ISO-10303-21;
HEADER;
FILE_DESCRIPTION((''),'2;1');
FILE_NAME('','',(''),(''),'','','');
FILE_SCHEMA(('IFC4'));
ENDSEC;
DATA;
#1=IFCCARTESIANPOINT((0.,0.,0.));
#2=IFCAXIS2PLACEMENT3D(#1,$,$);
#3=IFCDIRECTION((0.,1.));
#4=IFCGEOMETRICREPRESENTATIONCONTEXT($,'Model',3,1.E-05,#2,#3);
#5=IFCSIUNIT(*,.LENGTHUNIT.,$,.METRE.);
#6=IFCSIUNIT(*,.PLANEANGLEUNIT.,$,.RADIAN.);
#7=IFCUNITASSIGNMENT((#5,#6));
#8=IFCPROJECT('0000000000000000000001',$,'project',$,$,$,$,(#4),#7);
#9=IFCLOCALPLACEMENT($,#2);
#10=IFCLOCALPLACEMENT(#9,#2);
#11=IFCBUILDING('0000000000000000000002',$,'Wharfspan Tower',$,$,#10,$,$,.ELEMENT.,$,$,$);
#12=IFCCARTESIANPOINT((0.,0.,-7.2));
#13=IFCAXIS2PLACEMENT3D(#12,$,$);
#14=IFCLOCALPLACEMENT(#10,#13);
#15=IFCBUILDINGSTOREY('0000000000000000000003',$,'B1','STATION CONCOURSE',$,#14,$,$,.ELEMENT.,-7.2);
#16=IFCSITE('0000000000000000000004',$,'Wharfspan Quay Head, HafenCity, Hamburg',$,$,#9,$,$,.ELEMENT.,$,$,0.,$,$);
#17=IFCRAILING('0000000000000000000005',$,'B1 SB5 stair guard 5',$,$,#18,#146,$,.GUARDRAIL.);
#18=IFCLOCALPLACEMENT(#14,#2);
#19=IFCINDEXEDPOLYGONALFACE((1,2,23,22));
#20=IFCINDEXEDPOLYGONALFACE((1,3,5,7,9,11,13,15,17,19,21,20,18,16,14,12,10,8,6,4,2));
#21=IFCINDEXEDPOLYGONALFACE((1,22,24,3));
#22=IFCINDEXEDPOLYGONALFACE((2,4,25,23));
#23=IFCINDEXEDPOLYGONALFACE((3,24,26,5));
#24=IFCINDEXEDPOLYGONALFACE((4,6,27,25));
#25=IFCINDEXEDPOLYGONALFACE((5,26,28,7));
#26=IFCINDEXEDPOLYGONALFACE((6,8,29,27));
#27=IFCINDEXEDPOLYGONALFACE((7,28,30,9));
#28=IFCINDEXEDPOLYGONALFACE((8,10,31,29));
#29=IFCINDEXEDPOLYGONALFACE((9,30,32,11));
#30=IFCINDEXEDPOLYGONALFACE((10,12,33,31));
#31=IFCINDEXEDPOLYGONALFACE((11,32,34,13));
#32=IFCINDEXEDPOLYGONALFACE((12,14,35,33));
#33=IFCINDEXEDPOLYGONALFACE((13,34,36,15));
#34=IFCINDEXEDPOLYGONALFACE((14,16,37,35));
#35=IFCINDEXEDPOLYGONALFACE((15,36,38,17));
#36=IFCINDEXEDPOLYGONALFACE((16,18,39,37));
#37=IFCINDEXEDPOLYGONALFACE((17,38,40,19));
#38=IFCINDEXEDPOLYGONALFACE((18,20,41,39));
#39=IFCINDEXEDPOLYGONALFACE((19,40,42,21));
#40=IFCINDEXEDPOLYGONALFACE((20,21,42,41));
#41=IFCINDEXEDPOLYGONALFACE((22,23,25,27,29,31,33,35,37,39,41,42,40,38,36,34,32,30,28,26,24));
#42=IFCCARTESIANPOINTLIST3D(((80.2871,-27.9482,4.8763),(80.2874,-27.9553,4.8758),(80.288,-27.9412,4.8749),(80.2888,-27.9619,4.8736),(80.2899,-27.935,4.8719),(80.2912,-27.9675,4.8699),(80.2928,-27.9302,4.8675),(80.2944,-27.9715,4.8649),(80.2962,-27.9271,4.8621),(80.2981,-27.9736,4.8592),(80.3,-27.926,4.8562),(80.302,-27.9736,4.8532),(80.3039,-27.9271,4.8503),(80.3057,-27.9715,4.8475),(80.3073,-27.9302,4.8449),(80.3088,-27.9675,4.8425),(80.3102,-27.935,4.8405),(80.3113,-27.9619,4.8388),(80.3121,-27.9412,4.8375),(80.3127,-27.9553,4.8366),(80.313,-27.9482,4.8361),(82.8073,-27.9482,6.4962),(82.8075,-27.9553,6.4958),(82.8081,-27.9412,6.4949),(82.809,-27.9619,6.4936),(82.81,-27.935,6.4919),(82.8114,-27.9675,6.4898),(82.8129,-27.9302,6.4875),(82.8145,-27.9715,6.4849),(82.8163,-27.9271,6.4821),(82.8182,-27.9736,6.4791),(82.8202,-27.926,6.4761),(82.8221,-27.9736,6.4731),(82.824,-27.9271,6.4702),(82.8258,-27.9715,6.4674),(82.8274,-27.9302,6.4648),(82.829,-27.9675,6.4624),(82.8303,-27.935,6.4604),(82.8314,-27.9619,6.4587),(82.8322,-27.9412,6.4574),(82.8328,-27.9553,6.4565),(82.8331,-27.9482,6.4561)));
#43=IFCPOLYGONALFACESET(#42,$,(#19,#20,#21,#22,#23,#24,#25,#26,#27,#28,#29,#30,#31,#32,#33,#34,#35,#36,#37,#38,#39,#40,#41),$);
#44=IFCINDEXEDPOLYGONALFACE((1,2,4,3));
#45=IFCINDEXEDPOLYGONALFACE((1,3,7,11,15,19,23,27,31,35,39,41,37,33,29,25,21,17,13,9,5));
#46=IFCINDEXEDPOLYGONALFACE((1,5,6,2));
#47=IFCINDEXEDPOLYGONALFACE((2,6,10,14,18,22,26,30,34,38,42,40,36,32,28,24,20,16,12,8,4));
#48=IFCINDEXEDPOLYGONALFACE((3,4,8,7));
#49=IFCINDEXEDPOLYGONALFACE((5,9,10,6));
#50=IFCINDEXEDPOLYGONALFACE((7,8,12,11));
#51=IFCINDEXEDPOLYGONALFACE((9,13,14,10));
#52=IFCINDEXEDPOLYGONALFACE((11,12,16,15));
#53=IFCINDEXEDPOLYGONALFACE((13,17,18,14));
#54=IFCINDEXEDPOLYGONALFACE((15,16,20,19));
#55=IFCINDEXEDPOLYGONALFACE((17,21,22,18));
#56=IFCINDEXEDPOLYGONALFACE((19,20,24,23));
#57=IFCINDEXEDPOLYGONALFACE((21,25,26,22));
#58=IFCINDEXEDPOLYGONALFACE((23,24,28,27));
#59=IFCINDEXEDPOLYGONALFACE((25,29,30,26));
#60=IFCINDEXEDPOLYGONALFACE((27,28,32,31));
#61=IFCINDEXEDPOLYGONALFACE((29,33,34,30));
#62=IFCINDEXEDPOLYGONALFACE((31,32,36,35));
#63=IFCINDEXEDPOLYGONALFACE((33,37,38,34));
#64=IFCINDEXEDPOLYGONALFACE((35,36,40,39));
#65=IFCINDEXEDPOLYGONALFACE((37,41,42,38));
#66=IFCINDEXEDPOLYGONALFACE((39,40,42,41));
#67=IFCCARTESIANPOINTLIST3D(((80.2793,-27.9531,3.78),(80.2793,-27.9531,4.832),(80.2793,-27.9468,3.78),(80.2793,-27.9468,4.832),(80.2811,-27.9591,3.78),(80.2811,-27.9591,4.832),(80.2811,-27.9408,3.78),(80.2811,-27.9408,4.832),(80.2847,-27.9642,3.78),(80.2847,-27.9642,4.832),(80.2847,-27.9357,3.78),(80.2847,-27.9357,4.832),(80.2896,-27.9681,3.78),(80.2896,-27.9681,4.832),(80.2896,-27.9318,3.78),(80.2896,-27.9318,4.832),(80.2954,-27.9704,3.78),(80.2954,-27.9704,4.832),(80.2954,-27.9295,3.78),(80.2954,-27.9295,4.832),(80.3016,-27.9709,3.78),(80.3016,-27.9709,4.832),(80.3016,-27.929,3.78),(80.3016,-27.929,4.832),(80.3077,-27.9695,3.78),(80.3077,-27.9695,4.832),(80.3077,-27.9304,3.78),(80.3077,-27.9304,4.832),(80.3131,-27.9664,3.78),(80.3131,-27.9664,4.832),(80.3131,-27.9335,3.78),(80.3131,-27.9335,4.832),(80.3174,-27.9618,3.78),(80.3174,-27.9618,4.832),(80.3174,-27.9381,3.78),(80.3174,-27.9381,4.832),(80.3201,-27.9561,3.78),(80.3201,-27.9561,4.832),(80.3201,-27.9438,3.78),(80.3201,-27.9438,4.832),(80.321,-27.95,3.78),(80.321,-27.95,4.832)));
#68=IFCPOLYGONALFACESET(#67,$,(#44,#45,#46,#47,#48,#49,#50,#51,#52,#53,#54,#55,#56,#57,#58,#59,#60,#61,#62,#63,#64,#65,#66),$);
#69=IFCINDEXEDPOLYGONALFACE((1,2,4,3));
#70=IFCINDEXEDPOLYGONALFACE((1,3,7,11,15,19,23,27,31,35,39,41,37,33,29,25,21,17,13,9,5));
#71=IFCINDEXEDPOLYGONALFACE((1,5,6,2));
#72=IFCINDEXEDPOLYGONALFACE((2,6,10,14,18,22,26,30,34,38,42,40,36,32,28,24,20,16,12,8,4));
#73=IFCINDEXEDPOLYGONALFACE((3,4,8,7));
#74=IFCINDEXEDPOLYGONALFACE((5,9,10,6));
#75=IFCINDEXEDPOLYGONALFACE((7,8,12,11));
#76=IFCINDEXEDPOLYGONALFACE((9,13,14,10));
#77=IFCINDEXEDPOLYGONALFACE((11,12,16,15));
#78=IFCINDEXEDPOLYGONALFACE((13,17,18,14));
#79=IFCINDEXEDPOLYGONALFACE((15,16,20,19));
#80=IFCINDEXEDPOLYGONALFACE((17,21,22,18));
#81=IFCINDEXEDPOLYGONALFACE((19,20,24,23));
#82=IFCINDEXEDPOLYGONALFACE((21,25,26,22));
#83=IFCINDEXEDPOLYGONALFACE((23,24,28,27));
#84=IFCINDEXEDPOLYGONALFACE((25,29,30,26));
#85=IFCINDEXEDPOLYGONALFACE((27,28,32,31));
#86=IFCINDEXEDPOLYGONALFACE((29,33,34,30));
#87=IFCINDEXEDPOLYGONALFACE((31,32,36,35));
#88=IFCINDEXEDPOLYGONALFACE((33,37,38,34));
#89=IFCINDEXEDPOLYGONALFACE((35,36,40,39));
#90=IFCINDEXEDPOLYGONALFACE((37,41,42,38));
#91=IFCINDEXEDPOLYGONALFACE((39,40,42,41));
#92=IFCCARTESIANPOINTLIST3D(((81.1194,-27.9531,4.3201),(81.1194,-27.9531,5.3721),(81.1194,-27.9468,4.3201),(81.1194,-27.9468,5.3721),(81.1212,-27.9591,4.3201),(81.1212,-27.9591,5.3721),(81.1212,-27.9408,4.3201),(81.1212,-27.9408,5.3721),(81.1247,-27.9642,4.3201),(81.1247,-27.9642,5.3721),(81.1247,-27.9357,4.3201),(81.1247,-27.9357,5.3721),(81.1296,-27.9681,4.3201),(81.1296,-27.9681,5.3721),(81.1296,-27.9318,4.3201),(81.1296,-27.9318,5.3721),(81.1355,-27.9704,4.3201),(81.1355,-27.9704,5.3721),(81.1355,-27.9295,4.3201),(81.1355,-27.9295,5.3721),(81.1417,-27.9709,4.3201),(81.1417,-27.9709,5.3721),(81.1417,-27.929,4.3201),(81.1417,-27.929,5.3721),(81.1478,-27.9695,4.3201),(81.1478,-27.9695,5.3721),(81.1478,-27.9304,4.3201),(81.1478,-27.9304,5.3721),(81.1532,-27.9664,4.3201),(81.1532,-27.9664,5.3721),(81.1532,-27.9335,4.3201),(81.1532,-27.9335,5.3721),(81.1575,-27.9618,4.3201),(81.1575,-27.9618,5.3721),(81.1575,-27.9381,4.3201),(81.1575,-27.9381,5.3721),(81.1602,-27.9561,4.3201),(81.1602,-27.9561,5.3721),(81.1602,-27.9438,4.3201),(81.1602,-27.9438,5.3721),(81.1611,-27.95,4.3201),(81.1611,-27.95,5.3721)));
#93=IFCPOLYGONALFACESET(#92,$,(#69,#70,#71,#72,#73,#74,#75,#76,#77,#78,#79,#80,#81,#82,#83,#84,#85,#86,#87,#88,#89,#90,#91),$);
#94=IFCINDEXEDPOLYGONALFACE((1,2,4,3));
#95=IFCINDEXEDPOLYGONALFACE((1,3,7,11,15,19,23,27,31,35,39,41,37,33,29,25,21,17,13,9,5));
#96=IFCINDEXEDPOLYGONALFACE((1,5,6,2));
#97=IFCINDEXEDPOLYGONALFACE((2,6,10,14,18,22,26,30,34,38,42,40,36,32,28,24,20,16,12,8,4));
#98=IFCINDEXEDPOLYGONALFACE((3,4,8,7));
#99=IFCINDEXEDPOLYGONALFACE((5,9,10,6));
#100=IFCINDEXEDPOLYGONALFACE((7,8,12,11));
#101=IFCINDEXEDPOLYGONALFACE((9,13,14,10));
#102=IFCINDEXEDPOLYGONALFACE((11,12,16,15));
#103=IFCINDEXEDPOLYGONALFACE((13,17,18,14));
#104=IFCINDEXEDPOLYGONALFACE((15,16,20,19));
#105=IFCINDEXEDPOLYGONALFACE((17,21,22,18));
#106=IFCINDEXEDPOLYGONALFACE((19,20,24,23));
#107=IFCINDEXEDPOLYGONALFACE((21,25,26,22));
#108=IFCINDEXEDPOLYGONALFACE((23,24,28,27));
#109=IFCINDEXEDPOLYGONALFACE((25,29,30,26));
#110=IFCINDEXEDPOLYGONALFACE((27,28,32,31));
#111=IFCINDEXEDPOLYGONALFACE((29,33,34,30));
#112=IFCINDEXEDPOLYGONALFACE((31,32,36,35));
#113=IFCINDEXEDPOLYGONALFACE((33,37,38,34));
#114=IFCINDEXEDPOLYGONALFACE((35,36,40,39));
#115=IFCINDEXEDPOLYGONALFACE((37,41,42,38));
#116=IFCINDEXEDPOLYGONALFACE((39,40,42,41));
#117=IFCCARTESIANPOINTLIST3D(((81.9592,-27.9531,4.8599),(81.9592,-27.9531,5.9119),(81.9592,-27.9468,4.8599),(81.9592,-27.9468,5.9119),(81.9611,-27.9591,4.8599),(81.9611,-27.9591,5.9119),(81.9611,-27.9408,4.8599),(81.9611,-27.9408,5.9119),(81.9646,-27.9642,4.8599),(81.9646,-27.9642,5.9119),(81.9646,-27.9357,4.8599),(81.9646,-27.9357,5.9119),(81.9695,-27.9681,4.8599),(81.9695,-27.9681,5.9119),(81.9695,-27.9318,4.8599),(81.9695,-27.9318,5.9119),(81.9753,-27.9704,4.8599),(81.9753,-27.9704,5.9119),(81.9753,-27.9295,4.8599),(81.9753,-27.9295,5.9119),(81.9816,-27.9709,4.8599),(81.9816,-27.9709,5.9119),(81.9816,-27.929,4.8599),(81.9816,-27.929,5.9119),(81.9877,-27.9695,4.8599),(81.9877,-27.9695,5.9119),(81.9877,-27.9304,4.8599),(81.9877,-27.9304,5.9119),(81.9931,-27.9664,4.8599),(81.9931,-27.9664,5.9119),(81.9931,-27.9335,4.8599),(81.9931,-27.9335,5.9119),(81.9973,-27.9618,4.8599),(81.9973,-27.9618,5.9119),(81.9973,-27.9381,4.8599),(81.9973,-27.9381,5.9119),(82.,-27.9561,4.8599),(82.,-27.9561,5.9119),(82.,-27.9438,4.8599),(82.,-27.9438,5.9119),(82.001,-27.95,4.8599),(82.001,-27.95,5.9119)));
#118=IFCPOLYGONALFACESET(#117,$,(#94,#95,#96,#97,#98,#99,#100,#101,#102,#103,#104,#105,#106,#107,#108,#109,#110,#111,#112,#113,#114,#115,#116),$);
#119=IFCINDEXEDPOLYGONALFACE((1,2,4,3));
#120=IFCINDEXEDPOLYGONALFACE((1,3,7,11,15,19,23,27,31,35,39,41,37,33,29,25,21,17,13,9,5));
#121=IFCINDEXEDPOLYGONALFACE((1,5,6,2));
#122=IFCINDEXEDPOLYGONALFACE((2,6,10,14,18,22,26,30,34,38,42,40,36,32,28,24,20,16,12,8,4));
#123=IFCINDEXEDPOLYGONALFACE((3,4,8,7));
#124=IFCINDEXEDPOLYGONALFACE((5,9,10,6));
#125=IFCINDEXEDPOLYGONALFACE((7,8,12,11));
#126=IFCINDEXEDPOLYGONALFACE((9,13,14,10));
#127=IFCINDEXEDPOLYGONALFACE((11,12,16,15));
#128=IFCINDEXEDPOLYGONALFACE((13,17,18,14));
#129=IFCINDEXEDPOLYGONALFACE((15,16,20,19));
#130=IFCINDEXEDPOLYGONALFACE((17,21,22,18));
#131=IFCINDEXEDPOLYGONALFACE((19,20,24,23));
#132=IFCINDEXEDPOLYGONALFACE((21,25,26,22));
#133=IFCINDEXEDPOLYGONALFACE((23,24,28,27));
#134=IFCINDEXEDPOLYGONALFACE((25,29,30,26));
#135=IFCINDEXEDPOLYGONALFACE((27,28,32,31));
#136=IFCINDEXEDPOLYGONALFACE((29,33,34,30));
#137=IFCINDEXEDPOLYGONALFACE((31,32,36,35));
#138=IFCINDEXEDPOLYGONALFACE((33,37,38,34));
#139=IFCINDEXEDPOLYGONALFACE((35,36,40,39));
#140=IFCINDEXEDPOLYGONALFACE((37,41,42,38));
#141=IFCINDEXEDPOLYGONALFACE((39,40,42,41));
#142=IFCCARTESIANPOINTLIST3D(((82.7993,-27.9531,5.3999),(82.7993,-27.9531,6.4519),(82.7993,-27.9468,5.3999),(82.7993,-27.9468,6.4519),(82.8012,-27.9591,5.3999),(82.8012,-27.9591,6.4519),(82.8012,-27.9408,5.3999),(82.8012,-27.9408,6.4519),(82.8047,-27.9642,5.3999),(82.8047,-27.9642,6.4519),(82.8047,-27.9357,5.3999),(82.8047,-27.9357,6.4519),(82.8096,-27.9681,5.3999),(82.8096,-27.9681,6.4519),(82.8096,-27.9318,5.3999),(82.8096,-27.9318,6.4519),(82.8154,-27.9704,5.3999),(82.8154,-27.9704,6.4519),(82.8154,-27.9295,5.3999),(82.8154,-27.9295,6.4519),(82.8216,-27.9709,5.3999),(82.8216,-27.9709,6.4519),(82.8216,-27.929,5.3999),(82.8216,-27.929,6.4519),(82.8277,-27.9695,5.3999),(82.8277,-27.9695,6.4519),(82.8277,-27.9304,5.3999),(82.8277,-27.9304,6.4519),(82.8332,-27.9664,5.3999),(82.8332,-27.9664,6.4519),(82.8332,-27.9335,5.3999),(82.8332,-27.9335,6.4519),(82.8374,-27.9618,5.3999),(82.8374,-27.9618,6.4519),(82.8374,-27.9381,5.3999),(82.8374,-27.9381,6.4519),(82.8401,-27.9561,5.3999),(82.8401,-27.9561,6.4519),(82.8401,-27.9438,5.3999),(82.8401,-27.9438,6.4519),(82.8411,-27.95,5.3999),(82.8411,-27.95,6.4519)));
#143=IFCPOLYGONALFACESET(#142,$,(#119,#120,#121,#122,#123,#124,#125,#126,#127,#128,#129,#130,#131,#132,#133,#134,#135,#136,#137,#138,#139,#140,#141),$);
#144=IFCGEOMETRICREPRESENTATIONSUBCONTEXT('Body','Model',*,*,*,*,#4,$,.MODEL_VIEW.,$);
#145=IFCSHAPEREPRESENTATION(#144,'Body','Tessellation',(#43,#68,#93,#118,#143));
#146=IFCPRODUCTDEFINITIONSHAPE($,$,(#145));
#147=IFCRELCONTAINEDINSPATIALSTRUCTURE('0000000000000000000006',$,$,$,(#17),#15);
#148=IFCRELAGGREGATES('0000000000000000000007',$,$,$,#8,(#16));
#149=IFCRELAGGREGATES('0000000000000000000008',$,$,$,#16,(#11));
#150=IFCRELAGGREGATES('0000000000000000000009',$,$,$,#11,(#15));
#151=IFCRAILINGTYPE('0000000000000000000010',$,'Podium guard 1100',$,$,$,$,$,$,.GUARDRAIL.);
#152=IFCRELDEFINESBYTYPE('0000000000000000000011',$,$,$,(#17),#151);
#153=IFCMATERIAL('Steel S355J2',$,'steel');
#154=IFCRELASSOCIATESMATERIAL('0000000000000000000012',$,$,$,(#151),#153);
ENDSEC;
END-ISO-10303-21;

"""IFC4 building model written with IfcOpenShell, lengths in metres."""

from ifc_helpers import new_model, si_unit, direction, frame, origin, origin_2d, place, context, subcontext, project, spatial, circle, extrude, material, type_object, element, save


model = new_model("IFC4")

# Units and contexts
model_context = context("Model", 3, precision=1e-05, world=origin(), true_north=direction((0.0, 1.0)))
body_context = subcontext(model_context, "Body", "Model", "MODEL_VIEW")
ifc_project = project(units=[si_unit("LENGTHUNIT", "METRE"), si_unit("PLANEANGLEUNIT", "RADIAN")], contexts=[model_context])

# Site, building, storey
site_placement = place(None, origin())
site = spatial("IfcSite", under=ifc_project, at=site_placement, Name="Wharfspan Quay Head, HafenCity, Hamburg", CompositionType="ELEMENT", RefElevation=0.0)
building_placement = place(site_placement, origin())
building = spatial("IfcBuilding", under=site, at=building_placement, Name="Wharfspan Tower", CompositionType="ELEMENT")
storey_placement = place(building_placement, frame((0.0, 0.0, -7.2)))
storey = spatial("IfcBuildingStorey", under=building, at=storey_placement, Name="B1", Description="STATION CONCOURSE", CompositionType="ELEMENT", Elevation=-7.2)

# Railing
ifc_material_1 = material(Name="Steel S355J2", Category="steel")
railing_type_1 = type_object("IfcRailingType", Name="Podium guard 1100", PredefinedType="GUARDRAIL", material=ifc_material_1)
railing_1_placement = place(storey_placement, frame((80.3, -27.95, 3.78)))
element("IfcRailing", 1, at=railing_1_placement, inside=storey, type_object=railing_type_1, Name="B1 SB5 stair guard 5", PredefinedType="GUARDRAIL", context=body_context, shape_type="SweptSolid", body=[
    extrude(circle(Radius=0.0239, at=origin_2d()), frame((0.0, 0.0, 1.0762), z_axis=(0.8412, 0.0, 0.540725), x_axis=(0.0, 1.0, 0.0)), (0.0, 0.0, 1.0), 2.9958),
    extrude(circle(Radius=0.021, at=origin_2d()), origin(), (0.0, 0.0, 1.0), 1.052),
    extrude(circle(Radius=0.021, at=origin_2d()), frame((0.8401, 0.0, 0.54)), (0.0, 0.0, 1.0), 1.052),
    extrude(circle(Radius=0.021, at=origin_2d()), frame((1.6799, 0.0, 1.0798)), (0.0, 0.0, 1.0), 1.052),
    extrude(circle(Radius=0.021, at=origin_2d()), frame((2.52, 0.0, 1.6199)), (0.0, 0.0, 1.0), 1.052),
])

save(model, "model.ifc")
